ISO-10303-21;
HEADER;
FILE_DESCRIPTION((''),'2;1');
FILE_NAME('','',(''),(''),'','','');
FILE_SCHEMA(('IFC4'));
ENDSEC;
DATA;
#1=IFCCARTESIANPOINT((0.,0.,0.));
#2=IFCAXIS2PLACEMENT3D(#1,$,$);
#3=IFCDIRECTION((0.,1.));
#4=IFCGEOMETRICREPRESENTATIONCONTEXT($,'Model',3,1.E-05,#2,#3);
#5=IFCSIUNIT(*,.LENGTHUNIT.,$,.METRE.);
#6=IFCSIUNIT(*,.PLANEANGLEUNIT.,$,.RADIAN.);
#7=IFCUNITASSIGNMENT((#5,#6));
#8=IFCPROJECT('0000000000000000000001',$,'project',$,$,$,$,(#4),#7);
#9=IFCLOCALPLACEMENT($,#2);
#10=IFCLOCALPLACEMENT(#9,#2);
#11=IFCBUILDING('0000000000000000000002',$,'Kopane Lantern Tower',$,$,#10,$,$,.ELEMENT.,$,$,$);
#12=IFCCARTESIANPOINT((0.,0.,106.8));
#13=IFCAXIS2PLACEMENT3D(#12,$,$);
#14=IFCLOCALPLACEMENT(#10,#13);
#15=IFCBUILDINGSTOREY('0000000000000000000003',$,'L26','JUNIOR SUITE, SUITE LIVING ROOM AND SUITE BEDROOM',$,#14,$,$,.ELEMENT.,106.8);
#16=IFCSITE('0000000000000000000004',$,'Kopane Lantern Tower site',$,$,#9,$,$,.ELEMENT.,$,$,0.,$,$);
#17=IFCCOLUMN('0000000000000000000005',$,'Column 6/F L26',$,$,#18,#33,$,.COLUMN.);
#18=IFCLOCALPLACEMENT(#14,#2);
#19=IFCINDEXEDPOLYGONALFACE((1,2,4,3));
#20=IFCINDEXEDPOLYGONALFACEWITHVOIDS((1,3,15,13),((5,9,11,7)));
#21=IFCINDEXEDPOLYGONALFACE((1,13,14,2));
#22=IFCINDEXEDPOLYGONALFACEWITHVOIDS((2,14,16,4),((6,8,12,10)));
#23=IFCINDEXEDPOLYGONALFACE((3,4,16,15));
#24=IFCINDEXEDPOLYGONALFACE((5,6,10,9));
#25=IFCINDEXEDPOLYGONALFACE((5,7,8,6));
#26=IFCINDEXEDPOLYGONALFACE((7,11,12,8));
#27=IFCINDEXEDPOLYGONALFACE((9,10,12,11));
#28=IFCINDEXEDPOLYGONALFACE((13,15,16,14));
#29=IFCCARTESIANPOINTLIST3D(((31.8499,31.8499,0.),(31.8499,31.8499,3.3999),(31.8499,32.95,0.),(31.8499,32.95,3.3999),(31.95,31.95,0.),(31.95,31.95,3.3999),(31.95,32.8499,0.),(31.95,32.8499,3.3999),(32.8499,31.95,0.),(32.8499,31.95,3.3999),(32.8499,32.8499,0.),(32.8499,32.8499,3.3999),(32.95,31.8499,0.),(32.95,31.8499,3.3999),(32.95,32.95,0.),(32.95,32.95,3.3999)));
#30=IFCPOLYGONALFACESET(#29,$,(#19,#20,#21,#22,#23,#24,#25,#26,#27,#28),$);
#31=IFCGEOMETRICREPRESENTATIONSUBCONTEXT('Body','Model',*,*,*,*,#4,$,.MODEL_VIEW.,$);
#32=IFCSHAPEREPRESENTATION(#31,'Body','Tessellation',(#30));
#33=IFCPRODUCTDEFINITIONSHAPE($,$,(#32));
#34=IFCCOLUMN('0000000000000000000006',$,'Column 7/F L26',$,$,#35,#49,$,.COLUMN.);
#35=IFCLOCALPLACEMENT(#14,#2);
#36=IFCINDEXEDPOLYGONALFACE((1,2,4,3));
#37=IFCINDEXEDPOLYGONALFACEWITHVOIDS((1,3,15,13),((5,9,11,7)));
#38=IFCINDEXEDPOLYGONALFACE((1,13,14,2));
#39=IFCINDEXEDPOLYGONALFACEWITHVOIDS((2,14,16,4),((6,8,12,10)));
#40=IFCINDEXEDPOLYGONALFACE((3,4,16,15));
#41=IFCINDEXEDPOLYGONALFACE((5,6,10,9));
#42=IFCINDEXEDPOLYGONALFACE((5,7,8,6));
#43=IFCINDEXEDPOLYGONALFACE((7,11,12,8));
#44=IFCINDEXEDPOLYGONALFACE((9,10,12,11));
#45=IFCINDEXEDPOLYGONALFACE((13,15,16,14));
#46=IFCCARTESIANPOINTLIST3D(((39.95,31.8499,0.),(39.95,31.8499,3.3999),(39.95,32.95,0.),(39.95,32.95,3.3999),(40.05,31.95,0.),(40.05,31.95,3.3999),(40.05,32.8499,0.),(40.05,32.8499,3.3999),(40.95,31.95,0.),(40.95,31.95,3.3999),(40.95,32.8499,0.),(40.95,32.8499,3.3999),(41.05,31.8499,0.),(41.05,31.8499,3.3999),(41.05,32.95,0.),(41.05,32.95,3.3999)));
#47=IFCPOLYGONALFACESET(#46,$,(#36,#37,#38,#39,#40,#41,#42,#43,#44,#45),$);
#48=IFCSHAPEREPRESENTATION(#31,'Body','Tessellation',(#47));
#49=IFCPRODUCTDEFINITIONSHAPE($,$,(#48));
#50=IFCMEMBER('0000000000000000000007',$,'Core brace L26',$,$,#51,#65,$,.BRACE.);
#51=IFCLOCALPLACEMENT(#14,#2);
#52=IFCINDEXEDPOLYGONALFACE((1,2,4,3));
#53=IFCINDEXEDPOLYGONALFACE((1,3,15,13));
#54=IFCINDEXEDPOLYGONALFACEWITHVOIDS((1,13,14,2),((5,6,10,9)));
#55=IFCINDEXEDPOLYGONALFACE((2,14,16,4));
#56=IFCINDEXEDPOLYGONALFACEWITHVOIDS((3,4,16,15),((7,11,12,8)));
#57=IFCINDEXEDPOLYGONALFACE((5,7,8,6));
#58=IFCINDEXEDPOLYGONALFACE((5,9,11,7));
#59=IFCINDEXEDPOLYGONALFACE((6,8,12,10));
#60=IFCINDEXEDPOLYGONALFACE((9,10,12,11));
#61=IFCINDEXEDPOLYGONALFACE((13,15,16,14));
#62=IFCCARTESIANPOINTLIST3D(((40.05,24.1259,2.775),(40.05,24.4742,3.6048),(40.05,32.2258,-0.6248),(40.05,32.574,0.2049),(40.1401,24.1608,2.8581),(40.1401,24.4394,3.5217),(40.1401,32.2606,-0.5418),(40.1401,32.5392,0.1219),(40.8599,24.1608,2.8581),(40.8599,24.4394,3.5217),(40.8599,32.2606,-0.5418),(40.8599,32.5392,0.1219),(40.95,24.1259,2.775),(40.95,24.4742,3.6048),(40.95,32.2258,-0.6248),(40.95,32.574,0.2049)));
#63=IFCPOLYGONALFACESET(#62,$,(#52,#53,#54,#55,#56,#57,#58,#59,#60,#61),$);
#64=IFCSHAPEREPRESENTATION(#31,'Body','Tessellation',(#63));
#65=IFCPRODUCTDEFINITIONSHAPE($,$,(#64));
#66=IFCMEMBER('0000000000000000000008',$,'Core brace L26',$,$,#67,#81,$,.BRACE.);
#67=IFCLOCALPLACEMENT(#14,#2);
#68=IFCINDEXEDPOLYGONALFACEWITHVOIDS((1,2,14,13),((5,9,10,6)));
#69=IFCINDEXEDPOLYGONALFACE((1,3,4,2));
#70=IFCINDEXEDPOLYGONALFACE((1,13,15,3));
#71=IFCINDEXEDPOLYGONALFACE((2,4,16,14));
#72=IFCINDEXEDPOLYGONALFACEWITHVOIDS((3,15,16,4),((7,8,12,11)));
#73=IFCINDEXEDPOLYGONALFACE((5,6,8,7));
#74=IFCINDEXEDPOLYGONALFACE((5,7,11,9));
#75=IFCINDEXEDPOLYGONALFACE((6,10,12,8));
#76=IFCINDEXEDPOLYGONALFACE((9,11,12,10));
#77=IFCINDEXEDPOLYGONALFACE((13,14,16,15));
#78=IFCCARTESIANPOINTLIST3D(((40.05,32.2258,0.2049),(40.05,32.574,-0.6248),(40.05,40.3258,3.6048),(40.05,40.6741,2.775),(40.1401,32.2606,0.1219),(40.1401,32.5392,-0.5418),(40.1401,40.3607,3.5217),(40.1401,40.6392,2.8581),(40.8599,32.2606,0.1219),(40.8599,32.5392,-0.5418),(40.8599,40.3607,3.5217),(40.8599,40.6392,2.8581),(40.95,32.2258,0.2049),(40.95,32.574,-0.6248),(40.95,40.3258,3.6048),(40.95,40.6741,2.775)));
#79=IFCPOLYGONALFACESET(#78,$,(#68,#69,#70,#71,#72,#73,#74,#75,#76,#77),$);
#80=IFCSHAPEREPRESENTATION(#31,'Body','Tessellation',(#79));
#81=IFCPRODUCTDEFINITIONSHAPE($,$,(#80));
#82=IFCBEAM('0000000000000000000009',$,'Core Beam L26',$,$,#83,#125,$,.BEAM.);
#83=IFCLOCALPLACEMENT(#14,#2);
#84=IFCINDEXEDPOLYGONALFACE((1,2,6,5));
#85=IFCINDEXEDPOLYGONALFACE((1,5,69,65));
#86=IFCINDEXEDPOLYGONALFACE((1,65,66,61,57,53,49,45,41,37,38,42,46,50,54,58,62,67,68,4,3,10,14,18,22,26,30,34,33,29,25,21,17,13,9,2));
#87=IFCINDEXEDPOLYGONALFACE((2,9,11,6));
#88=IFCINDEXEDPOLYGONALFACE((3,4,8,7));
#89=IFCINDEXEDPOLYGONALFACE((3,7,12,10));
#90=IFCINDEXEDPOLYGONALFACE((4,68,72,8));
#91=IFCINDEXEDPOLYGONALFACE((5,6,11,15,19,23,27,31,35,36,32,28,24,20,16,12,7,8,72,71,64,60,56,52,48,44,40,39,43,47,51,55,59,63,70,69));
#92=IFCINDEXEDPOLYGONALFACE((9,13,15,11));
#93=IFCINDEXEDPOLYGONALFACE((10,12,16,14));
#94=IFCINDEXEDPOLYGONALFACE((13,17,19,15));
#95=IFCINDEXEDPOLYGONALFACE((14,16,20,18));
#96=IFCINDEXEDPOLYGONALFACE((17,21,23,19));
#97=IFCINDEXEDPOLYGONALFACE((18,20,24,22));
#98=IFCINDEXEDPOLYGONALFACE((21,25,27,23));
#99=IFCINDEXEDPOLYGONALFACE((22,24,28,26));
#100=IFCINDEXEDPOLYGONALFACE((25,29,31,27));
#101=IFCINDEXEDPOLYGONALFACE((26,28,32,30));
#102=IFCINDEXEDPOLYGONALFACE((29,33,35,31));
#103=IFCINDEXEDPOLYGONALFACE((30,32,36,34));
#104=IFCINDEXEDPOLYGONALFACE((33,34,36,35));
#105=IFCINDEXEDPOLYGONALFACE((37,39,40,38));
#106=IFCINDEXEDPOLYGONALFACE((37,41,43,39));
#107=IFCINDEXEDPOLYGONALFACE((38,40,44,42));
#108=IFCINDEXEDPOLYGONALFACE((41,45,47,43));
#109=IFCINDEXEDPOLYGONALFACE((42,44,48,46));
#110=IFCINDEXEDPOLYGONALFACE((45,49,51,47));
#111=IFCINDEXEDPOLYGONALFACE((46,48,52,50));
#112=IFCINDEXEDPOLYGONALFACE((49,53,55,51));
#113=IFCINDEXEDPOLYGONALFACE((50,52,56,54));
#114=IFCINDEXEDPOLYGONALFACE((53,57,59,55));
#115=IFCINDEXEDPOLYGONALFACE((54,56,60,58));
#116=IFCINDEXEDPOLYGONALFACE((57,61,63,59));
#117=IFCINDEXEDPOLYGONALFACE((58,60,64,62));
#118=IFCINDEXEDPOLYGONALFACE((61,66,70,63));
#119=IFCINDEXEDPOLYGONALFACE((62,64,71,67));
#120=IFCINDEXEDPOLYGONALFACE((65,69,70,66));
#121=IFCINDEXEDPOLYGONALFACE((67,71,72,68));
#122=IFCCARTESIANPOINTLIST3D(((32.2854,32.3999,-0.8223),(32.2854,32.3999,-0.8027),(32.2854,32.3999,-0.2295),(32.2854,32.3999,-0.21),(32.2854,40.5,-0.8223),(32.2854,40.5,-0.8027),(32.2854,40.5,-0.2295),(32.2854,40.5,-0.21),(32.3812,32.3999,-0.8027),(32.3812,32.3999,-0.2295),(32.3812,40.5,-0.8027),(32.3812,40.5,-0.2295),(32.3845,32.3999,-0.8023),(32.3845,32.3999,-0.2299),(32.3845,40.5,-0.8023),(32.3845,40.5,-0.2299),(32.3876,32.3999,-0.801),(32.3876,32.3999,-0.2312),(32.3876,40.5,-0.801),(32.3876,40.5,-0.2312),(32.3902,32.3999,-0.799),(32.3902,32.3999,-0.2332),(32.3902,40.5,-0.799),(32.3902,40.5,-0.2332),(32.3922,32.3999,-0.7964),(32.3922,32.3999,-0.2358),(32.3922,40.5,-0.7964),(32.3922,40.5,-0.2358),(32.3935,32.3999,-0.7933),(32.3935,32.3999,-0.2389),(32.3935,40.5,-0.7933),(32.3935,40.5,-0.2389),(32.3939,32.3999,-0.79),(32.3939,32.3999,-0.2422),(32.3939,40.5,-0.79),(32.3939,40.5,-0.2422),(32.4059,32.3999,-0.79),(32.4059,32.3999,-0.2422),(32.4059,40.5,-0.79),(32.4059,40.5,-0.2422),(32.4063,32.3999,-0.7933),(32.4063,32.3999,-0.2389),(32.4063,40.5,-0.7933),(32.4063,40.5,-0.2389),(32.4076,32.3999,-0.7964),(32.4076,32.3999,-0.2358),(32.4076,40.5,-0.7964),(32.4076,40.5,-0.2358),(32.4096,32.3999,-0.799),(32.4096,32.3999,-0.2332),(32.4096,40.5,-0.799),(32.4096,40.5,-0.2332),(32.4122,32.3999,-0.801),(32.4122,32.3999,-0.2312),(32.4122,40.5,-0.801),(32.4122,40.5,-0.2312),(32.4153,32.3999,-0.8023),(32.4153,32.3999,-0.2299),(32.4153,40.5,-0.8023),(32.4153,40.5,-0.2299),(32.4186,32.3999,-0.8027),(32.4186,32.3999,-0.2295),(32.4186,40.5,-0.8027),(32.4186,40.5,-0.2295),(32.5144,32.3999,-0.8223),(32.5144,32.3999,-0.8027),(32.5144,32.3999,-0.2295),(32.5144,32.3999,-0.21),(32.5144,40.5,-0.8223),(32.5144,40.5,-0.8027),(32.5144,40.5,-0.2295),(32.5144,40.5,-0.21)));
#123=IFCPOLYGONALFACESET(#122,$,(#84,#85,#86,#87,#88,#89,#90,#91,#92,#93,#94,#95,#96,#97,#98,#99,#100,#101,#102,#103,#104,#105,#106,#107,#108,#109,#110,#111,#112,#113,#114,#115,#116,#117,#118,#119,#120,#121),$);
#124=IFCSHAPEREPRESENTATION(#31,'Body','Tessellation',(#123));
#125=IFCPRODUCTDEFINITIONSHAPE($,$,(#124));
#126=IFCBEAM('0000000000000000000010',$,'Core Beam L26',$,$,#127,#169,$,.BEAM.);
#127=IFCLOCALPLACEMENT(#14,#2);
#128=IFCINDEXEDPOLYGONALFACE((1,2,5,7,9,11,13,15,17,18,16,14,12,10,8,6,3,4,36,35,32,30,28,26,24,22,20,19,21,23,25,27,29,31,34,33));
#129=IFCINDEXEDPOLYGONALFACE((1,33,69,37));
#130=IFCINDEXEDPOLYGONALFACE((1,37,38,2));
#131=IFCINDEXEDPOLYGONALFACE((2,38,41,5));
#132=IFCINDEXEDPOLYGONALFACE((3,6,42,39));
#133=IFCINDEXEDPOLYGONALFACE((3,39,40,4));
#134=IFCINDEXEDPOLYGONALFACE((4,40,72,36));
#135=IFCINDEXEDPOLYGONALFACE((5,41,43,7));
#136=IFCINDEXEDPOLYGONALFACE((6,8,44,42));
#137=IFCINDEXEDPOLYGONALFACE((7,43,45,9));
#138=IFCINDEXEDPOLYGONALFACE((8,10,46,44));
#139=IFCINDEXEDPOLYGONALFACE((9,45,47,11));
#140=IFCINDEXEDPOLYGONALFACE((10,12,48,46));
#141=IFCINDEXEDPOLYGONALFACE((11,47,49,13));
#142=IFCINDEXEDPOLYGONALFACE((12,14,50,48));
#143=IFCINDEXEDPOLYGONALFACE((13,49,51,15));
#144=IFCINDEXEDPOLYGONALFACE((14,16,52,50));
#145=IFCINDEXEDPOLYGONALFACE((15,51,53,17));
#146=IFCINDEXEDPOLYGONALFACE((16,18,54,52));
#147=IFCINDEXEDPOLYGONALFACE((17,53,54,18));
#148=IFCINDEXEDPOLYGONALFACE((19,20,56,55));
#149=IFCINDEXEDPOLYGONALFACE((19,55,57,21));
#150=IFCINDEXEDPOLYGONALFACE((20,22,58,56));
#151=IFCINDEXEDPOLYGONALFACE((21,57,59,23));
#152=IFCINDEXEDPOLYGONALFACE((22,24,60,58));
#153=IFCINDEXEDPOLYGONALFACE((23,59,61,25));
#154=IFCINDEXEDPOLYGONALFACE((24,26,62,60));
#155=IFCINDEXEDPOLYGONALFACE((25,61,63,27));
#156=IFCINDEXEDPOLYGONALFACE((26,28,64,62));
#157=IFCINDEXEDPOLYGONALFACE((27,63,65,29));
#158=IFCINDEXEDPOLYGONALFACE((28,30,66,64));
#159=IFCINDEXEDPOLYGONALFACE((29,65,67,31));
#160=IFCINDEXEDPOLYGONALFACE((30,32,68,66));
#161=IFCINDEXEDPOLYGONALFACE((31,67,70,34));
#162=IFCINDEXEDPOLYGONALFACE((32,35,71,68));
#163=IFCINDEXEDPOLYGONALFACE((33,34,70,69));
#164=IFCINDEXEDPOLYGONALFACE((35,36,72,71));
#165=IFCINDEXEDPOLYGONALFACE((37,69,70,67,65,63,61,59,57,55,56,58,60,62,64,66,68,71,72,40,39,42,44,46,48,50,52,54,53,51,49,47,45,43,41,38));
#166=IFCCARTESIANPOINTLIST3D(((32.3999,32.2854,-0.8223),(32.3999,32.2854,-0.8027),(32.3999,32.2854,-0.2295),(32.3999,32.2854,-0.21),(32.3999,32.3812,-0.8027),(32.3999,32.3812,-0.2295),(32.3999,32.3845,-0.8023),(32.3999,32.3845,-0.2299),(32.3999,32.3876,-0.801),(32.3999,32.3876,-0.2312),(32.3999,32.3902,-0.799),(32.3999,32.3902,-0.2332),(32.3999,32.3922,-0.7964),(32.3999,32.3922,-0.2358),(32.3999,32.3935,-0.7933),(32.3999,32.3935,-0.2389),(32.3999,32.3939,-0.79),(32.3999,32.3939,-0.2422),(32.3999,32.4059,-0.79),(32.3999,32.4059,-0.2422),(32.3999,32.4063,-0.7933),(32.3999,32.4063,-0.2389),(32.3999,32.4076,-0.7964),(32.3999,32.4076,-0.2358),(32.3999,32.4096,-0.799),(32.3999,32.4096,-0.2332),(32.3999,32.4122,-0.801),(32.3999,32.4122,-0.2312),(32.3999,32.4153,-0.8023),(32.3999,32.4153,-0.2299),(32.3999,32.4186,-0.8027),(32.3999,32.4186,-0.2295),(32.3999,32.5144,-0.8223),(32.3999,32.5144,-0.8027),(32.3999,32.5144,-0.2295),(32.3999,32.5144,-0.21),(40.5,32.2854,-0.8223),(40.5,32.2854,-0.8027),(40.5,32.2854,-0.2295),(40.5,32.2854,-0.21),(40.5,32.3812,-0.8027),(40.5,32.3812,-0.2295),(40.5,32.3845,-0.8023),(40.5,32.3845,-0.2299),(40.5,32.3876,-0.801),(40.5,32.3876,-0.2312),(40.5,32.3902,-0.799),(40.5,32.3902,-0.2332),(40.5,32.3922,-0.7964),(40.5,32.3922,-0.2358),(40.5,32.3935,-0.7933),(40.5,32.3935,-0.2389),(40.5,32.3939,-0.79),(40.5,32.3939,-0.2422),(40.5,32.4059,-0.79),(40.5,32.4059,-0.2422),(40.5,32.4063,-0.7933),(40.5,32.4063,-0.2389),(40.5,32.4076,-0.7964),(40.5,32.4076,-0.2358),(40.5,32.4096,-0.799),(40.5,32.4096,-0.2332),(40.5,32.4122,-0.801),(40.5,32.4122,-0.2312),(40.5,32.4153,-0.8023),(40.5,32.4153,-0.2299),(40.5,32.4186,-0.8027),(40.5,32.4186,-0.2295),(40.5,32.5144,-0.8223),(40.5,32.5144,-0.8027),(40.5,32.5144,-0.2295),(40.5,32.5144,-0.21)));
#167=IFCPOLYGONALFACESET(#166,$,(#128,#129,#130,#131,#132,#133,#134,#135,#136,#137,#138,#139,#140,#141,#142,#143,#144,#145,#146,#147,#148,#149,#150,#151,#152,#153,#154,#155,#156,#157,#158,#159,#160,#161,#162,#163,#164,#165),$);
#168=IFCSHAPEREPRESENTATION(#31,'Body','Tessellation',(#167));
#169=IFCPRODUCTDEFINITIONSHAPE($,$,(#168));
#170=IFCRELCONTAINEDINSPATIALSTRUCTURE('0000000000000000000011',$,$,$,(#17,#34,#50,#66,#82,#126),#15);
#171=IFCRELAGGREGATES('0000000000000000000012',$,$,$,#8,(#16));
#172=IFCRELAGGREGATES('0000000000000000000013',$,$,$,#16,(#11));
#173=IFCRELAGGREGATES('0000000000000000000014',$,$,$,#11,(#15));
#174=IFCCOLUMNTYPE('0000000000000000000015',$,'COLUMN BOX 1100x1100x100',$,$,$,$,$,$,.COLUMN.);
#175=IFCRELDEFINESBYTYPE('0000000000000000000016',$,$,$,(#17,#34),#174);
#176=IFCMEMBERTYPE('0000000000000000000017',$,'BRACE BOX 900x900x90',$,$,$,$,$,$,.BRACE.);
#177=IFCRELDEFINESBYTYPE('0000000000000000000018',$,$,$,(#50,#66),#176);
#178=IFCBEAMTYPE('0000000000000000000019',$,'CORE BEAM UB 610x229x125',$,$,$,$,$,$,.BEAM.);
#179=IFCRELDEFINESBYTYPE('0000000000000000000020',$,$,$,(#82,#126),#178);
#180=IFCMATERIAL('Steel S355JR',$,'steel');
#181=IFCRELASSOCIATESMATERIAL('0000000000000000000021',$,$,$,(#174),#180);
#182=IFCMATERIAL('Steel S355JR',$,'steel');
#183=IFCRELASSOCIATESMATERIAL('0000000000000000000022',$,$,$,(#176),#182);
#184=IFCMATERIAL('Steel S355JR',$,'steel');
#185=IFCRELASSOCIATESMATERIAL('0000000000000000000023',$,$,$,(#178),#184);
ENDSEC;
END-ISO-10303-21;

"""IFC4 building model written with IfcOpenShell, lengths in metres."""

from ifc_helpers import new_model, si_unit, direction, frame, origin, origin_2d, place, context, subcontext, project, spatial, hollow_rectangle, i_section, extrude, material, material_profile, profile_set, type_object, element, save


model = new_model("IFC4")

# Units and contexts
model_context = context("Model", 3, precision=1e-05, world=origin(), true_north=direction((0.0, 1.0)))
body_context = subcontext(model_context, "Body", "Model", "MODEL_VIEW")
ifc_project = project(units=[si_unit("LENGTHUNIT", "METRE"), si_unit("PLANEANGLEUNIT", "RADIAN")], contexts=[model_context])

# Site, building, storey
site_placement = place(None, origin())
site = spatial("IfcSite", under=ifc_project, at=site_placement, Name="Kopane Lantern Tower site", CompositionType="ELEMENT", RefElevation=0.0)
building_placement = place(site_placement, origin())
building = spatial("IfcBuilding", under=site, at=building_placement, Name="Kopane Lantern Tower", CompositionType="ELEMENT")
storey_placement = place(building_placement, frame((0.0, 0.0, 106.8)))
storey = spatial("IfcBuildingStorey", under=building, at=storey_placement, Name="L26", Description="JUNIOR SUITE, SUITE LIVING ROOM AND SUITE BEDROOM", CompositionType="ELEMENT", Elevation=106.8)

# Columns
ifc_material_1 = material(Name="Steel S355JR", Category="steel")
ifc_material_profile_1 = material_profile(ifc_material_1, hollow_rectangle(XDim=1.1001, YDim=1.1001, WallThickness=0.1001, at=origin_2d()), Name="BOX 1100x1100x100")
ifc_profile_set_1 = profile_set([ifc_material_profile_1], Name="Steel S355JR")
column_type = type_object("IfcColumnType", Name="COLUMN BOX 1100x1100x100", PredefinedType="COLUMN", material=ifc_profile_set_1)
for number, where, z_axis, x_axis, name in (
    (1, (32.3999, 32.3999, 0.0), (0.0, 0.0, 1.0), (1.0, 0.0, 0.0), "Column 6/F L26"),
    (2, (40.5, 32.3999, 0.0), (0.0, 0.0, 1.0), (1.0, 0.0, 0.0), "Column 7/F L26"),
):
    element("IfcColumn", number, at=place(storey_placement, frame(where, z_axis=z_axis, x_axis=x_axis)), inside=storey, type_object=column_type, Name=name, PredefinedType="COLUMN", context=body_context, shape_type="SweptSolid", body=[
        extrude(hollow_rectangle(XDim=1.1001, YDim=1.1001, WallThickness=0.1001, at=origin_2d()), origin(), (0.0, 0.0, 1.0), 3.3999),
    ])

# Members
ifc_material_2 = material(Name="Steel S355JR", Category="steel")
ifc_material_profile_2 = material_profile(ifc_material_2, hollow_rectangle(XDim=0.8999, YDim=0.8999, WallThickness=0.0901, at=origin_2d()), Name="BOX 900x900x90")
ifc_profile_set_2 = profile_set([ifc_material_profile_2], Name="Steel S355JR")
member_type = type_object("IfcMemberType", Name="BRACE BOX 900x900x90", PredefinedType="BRACE", material=ifc_profile_set_2)
member_1_placement = place(storey_placement, frame((40.5, 32.3999, -0.21), z_axis=(0.0, -0.922065, 0.387035), x_axis=(1.0, 0.0, 0.0)))
element("IfcMember", 3, at=member_1_placement, inside=storey, type_object=member_type, Name="Core brace L26", PredefinedType="BRACE", context=body_context, shape_type="SweptSolid", body=[
    extrude(hollow_rectangle(XDim=0.8999, YDim=0.8999, WallThickness=0.0901, at=origin_2d()), origin(), (0.0, 0.0, 1.0), 8.7844),
])
member_2_placement = place(storey_placement, frame((40.5, 32.3999, -0.21), z_axis=(0.0, 0.922069, 0.387026), x_axis=(-1.0, 0.0, 0.0)))
element("IfcMember", 4, at=member_2_placement, inside=storey, type_object=member_type, Name="Core brace L26", PredefinedType="BRACE", context=body_context, shape_type="SweptSolid", body=[
    extrude(hollow_rectangle(XDim=0.8999, YDim=0.8999, WallThickness=0.0901, at=origin_2d()), origin(), (0.0, 0.0, 1.0), 8.7847),
])

# Beams
ifc_material_3 = material(Name="Steel S355JR", Category="steel")
ifc_material_profile_3 = material_profile(ifc_material_3, i_section(OverallWidth=0.229, OverallDepth=0.6123, WebThickness=0.012, FlangeThickness=0.0195, FilletRadius=0.0127, at=origin_2d()), Name="UB 610x229x125")
ifc_profile_set_3 = profile_set([ifc_material_profile_3], Name="Steel S355JR")
beam_type_1 = type_object("IfcBeamType", Name="CORE BEAM UB 610x229x125", PredefinedType="BEAM", material=ifc_profile_set_3)
for number, where, z_axis, x_axis, name in (
    (5, (32.3999, 32.3999, -0.5161), (0.0, 1.0, 0.0), (-1.0, 0.0, 0.0), "Core Beam L26"),
    (6, (32.3999, 32.3999, -0.5161), (1.0, 0.0, 0.0), (0.0, 1.0, 0.0), "Core Beam L26"),
):
    element("IfcBeam", number, at=place(storey_placement, frame(where, z_axis=z_axis, x_axis=x_axis)), inside=storey, type_object=beam_type_1, Name=name, PredefinedType="BEAM", context=body_context, shape_type="SweptSolid", body=[
        extrude(i_section(OverallWidth=0.229, OverallDepth=0.6123, WebThickness=0.012, FlangeThickness=0.0195, FilletRadius=0.0127, at=origin_2d()), origin(), (0.0, 0.0, 1.0), 8.1001),
    ])

save(model, "model.ifc")
